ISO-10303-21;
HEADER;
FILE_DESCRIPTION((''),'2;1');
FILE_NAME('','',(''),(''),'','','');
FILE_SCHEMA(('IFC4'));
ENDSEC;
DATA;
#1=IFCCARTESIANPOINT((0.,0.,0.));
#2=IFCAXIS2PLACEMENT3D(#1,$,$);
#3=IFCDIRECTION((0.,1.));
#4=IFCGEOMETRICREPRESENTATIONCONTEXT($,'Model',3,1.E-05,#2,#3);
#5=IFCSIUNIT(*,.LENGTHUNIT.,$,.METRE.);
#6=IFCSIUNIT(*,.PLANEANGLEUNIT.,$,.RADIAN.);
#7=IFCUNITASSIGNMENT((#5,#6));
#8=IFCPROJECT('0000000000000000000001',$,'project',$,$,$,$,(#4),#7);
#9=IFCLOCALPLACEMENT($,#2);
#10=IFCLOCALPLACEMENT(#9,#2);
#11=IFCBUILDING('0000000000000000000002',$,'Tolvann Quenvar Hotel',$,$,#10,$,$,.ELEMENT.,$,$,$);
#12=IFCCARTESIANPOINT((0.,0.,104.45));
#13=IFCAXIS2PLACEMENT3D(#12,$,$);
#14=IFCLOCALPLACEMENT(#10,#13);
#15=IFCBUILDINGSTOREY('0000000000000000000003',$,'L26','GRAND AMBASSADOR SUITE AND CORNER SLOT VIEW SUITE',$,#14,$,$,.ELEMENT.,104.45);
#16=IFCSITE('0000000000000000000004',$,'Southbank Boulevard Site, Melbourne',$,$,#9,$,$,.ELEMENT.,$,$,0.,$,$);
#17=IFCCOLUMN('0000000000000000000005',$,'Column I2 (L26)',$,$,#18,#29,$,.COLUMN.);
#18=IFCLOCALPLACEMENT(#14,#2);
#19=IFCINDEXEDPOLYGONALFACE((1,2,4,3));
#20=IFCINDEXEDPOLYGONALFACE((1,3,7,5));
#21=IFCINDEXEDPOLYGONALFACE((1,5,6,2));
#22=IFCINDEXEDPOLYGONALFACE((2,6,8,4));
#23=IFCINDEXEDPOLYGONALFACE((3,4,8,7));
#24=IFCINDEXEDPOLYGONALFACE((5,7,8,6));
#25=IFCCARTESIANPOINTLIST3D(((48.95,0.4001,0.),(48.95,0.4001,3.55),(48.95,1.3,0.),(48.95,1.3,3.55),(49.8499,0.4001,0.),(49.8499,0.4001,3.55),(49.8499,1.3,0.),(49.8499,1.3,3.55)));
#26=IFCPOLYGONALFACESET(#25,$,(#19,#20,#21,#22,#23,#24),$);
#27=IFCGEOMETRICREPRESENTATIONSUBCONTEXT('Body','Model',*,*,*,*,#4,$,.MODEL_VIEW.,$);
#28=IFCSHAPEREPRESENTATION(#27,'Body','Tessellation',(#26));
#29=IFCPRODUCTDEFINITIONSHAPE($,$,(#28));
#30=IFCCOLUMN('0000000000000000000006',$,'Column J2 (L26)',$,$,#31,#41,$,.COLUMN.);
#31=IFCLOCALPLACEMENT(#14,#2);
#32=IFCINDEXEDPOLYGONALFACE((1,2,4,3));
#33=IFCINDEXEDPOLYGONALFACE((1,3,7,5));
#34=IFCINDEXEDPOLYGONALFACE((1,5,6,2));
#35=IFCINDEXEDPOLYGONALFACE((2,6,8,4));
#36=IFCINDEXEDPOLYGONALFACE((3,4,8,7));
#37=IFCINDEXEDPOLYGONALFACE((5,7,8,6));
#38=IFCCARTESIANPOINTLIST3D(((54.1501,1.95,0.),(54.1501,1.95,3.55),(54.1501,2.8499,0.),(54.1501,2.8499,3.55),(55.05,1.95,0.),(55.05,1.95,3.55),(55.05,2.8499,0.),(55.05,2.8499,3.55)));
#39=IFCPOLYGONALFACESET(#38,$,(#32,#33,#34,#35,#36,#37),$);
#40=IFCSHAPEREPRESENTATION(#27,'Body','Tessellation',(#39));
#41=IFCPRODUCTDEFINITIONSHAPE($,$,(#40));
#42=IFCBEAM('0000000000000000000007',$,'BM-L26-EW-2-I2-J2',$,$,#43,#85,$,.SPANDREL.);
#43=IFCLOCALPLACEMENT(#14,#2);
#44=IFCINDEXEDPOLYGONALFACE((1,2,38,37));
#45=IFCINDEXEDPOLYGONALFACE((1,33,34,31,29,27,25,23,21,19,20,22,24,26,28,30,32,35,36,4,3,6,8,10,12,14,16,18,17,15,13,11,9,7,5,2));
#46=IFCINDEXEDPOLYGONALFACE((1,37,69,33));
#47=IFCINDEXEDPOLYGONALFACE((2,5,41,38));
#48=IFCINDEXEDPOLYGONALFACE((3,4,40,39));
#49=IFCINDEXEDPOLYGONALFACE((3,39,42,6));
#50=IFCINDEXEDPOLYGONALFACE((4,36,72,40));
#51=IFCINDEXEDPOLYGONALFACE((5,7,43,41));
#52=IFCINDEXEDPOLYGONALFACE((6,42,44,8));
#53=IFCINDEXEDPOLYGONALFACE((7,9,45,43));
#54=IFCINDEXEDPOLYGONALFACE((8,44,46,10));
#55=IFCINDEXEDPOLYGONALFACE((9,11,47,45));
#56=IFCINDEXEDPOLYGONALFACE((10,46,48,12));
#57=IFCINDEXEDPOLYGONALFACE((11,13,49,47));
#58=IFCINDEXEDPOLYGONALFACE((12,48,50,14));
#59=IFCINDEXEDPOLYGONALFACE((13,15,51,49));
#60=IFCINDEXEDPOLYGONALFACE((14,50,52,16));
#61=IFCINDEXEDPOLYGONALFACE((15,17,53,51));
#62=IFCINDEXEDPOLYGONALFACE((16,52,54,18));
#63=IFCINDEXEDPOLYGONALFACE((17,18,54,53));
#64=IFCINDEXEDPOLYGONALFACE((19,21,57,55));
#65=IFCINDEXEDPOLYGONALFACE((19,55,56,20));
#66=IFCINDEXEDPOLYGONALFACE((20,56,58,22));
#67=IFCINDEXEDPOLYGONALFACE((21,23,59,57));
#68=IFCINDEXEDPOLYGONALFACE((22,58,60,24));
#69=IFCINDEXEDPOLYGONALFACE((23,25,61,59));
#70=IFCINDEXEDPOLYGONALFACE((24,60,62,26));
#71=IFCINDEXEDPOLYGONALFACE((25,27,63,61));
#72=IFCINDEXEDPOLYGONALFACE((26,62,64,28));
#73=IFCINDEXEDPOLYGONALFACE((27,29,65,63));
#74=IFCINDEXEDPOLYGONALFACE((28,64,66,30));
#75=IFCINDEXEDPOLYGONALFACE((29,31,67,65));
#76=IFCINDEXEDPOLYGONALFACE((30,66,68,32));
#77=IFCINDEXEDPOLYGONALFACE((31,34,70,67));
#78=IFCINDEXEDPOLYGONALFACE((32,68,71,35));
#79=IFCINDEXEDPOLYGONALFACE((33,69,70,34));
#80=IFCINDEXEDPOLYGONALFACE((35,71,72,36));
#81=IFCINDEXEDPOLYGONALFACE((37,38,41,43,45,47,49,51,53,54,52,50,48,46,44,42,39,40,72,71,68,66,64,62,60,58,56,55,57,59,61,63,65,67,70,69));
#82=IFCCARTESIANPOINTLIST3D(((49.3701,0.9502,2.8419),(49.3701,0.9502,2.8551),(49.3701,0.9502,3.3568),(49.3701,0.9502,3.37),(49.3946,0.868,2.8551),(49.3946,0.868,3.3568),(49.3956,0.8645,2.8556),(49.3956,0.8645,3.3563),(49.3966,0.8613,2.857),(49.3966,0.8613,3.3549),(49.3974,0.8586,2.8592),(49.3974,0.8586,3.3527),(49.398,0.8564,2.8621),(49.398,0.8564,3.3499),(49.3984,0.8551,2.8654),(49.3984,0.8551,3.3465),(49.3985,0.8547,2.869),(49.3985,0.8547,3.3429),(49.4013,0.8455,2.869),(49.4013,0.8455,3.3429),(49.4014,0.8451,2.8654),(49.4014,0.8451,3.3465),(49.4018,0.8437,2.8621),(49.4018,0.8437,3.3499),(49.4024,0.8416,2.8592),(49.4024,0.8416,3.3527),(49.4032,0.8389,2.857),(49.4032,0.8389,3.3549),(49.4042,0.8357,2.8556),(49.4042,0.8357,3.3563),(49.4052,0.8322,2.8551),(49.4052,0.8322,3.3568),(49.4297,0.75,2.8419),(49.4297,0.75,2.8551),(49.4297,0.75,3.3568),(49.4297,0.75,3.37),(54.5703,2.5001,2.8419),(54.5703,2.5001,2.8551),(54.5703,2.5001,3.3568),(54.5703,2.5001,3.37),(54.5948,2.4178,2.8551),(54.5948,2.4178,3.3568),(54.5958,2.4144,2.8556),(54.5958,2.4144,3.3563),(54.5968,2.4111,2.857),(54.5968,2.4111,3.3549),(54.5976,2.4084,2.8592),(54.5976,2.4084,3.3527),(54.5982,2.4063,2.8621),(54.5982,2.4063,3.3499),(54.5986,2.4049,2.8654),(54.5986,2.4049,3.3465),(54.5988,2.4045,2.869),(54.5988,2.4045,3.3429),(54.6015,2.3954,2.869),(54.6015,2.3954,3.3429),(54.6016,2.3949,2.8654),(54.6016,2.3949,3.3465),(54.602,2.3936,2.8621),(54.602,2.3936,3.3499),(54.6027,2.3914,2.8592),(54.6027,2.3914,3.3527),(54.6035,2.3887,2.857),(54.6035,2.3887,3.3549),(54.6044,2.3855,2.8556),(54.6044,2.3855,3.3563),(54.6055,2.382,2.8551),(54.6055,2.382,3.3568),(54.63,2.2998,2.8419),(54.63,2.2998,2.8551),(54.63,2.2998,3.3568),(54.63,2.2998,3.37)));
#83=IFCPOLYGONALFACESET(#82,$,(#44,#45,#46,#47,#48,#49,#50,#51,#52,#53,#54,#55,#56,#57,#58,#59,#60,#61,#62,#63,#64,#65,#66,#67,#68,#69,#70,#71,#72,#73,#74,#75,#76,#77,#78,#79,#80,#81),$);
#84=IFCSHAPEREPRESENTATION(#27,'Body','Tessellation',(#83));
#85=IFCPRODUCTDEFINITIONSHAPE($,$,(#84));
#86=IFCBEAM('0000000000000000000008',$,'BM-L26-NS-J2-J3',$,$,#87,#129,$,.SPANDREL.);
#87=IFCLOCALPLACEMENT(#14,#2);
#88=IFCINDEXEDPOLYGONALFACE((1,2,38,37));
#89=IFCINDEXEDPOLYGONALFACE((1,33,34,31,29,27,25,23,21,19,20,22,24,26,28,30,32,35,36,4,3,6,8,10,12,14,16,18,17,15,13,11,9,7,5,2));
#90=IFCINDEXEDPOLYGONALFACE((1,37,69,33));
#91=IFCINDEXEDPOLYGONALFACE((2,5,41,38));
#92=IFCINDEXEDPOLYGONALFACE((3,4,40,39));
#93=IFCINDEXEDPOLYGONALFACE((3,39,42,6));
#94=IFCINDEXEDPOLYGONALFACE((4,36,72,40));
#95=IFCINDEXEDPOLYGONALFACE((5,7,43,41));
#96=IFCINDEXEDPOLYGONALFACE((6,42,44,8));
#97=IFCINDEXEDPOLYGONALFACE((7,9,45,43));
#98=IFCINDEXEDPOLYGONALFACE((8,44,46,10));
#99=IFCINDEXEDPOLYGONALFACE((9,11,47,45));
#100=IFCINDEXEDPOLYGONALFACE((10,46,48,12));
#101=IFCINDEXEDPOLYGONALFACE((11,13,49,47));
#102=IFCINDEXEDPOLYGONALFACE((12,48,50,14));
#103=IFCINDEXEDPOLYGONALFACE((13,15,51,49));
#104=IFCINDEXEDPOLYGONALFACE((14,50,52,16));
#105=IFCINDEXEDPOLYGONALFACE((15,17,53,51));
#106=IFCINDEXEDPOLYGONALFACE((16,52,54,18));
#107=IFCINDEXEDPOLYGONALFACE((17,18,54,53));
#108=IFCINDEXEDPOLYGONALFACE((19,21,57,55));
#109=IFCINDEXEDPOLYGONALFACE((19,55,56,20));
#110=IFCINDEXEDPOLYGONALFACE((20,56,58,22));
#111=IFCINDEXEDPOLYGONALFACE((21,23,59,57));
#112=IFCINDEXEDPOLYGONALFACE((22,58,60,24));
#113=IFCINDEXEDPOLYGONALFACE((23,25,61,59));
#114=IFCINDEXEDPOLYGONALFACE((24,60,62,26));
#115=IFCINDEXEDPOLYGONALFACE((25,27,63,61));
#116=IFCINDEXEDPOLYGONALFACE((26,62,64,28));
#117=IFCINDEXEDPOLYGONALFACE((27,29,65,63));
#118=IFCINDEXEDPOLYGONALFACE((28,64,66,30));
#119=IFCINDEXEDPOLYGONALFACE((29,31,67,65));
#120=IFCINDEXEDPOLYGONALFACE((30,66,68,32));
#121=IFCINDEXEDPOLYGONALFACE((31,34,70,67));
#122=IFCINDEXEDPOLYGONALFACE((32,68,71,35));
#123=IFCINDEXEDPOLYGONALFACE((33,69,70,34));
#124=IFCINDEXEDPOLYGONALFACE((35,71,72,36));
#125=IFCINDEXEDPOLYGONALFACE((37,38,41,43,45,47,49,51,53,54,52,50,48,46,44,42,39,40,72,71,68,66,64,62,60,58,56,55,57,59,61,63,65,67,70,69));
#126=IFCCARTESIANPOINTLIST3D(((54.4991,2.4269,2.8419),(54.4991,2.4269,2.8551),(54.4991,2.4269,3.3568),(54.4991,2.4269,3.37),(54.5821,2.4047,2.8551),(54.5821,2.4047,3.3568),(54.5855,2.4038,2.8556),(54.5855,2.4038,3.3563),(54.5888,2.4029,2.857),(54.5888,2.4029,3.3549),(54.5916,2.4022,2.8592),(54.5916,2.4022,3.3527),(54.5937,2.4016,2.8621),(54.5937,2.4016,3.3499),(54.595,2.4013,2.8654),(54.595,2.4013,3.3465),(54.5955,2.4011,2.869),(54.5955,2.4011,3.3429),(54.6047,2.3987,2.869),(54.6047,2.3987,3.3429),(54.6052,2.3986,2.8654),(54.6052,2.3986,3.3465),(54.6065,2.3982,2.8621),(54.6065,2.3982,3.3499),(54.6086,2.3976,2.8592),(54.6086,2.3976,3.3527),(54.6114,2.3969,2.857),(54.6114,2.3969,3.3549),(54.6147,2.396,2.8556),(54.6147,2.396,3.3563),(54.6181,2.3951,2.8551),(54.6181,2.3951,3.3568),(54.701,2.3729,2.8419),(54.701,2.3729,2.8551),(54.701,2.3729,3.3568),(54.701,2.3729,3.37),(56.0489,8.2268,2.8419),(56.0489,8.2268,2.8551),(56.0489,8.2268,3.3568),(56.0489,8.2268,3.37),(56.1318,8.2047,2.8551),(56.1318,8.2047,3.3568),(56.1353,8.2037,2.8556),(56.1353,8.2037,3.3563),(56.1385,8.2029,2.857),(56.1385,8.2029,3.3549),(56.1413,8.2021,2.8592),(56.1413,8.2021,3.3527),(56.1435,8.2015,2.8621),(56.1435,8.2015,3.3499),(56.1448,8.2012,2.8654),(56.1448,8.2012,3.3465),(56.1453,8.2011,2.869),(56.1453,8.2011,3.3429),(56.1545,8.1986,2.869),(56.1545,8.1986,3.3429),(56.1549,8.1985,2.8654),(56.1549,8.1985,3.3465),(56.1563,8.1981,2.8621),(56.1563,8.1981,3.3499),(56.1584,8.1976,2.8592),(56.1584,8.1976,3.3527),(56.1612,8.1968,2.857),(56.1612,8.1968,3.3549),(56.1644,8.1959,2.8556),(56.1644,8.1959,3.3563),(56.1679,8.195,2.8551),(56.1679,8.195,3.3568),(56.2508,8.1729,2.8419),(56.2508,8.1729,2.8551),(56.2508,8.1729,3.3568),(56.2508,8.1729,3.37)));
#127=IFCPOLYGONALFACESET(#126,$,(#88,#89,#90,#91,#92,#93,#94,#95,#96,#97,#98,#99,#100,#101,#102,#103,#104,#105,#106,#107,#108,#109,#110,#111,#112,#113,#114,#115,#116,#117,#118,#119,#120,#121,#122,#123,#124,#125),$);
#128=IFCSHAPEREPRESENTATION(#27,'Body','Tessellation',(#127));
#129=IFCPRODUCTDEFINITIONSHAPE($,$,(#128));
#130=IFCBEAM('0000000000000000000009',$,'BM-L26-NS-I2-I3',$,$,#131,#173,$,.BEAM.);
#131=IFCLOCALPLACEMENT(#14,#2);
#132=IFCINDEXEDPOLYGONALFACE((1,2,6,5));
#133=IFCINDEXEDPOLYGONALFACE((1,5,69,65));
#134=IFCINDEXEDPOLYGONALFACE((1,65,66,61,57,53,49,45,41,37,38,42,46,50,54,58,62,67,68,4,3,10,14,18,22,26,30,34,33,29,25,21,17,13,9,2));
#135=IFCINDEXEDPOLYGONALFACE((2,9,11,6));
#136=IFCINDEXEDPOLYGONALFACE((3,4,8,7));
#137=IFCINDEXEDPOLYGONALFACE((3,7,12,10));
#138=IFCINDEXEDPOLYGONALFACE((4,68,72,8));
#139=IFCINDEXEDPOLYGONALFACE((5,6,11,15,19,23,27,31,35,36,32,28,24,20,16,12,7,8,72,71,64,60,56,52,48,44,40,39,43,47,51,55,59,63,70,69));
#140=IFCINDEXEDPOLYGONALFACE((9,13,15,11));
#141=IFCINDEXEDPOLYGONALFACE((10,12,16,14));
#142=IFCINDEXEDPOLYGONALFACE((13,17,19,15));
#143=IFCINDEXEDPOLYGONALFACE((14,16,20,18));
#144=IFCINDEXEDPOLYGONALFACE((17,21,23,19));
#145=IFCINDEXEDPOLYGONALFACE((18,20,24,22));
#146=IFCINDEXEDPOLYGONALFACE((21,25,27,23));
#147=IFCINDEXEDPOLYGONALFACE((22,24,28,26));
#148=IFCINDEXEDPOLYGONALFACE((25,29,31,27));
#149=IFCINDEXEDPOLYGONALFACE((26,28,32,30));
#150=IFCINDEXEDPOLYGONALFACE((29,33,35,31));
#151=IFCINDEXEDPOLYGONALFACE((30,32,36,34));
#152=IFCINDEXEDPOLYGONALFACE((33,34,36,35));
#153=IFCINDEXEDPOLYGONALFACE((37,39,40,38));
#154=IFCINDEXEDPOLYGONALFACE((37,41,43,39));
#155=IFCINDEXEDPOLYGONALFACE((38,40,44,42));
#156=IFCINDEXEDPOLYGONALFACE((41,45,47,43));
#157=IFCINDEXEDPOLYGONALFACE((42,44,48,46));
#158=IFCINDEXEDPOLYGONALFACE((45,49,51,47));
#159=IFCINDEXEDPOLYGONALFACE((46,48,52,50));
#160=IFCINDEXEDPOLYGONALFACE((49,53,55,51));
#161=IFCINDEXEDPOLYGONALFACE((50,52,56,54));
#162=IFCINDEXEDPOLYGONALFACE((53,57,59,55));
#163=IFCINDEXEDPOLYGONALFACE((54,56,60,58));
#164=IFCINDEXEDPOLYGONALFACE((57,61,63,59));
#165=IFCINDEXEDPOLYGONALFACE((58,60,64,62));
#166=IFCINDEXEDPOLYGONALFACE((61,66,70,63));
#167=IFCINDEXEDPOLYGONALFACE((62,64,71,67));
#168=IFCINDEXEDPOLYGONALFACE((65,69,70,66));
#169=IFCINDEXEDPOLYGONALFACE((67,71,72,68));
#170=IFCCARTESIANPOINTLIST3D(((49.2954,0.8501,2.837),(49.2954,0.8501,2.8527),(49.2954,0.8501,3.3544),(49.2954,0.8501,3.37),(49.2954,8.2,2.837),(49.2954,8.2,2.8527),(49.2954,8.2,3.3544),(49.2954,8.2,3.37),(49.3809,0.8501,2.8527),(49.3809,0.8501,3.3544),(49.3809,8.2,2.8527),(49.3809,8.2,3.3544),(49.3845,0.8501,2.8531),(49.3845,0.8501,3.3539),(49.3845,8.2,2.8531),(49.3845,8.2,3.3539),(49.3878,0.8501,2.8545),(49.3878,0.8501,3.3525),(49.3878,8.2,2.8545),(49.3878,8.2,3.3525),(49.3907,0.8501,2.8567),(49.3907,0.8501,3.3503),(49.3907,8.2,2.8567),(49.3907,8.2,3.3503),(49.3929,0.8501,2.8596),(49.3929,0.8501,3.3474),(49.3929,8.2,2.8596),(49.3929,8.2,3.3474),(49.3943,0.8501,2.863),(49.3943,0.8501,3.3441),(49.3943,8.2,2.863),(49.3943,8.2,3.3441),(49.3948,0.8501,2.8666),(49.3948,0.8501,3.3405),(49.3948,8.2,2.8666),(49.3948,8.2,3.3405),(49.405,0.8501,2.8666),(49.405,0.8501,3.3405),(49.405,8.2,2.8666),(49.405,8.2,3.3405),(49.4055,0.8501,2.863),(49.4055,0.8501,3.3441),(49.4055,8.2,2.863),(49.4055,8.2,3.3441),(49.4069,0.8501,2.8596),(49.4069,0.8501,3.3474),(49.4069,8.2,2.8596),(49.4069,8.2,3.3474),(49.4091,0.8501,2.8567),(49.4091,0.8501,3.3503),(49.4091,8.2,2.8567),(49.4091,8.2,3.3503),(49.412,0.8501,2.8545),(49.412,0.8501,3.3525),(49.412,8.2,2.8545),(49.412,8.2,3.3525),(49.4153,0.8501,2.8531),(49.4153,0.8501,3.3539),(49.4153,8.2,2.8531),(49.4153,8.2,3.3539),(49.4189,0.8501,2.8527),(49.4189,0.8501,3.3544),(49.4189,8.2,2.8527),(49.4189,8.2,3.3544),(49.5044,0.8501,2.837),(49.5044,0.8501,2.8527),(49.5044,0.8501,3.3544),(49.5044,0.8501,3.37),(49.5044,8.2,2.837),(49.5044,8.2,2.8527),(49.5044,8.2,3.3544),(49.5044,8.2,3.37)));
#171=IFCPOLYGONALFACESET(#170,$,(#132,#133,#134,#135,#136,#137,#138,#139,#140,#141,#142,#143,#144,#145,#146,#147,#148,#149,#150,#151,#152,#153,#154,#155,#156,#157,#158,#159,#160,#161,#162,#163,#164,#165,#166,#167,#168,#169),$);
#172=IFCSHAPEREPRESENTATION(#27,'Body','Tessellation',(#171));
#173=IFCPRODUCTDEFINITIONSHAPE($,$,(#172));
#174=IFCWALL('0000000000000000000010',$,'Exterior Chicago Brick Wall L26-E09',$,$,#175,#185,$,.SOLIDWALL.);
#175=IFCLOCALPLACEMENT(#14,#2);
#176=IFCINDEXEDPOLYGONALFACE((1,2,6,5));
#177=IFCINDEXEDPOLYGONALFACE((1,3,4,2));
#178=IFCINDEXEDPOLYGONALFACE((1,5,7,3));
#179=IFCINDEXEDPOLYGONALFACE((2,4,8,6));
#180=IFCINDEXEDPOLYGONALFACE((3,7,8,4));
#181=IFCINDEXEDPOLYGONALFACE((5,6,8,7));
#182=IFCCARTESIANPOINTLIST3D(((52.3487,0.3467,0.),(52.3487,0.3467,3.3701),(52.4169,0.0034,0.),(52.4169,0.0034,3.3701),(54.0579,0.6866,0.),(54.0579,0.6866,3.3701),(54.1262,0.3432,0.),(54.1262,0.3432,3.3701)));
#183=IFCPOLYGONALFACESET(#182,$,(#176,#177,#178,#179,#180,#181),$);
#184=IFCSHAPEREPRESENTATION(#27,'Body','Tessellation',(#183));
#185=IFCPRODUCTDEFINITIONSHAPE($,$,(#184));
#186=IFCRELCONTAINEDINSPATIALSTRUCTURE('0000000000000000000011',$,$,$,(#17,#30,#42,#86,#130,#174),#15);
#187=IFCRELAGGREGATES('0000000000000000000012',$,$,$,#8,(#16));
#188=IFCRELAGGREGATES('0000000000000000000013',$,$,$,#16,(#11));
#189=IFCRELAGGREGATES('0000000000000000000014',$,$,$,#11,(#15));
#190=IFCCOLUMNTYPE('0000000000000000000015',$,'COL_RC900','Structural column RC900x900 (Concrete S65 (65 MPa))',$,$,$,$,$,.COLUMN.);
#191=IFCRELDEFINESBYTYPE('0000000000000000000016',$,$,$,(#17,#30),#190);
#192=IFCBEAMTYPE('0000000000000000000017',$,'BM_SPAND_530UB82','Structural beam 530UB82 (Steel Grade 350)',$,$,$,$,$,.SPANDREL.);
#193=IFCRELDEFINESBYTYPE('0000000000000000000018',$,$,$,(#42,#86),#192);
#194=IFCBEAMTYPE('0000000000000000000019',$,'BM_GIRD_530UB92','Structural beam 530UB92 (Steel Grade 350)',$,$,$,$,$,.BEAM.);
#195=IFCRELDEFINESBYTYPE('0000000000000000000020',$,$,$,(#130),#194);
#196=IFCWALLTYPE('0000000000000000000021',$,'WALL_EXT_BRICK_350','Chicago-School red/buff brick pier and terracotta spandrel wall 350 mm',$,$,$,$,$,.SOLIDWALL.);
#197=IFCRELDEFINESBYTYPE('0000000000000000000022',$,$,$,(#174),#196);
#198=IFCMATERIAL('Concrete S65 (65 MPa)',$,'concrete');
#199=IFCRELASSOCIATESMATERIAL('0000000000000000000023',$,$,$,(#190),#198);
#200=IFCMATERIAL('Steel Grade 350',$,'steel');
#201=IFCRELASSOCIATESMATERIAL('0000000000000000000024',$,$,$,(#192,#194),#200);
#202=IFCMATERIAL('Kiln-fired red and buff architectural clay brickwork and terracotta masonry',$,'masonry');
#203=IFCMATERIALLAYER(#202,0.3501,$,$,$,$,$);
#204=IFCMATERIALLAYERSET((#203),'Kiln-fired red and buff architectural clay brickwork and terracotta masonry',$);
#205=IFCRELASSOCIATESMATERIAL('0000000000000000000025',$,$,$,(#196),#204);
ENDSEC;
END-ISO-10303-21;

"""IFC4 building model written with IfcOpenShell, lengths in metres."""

from ifc_helpers import new_model, si_unit, direction, frame, frame_2d, origin, origin_2d, place, context, subcontext, project, spatial, rectangle, i_section, extrude, source, transform, mapped, material, layer, layer_set, material_profile, profile_set, type_object, type_shapes, element, save


model = new_model("IFC4")

# Units and contexts
model_context = context("Model", 3, precision=1e-05, world=origin(), true_north=direction((0.0, 1.0)))
body_context = subcontext(model_context, "Body", "Model", "MODEL_VIEW")
ifc_project = project(units=[si_unit("LENGTHUNIT", "METRE"), si_unit("PLANEANGLEUNIT", "RADIAN")], contexts=[model_context])

# Site, building, storey
site_placement = place(None, origin())
site = spatial("IfcSite", under=ifc_project, at=site_placement, Name="Southbank Boulevard Site, Melbourne", CompositionType="ELEMENT", RefElevation=0.0)
building_placement = place(site_placement, origin())
building = spatial("IfcBuilding", under=site, at=building_placement, Name="Tolvann Quenvar Hotel", CompositionType="ELEMENT")
storey_placement = place(building_placement, frame((0.0, 0.0, 104.45)))
storey = spatial("IfcBuildingStorey", under=building, at=storey_placement, Name="L26", Description="GRAND AMBASSADOR SUITE AND CORNER SLOT VIEW SUITE", CompositionType="ELEMENT", Elevation=104.45)

# Columns
ifc_material_1 = material(Name="Concrete S65 (65 MPa)", Category="concrete")
ifc_material_profile_1 = material_profile(ifc_material_1, rectangle(XDim=0.8999, YDim=0.8999, at=origin_2d()), Name="RC900x900")
ifc_profile_set_1 = profile_set([ifc_material_profile_1], Name="Concrete S65 (65 MPa)")
column_type = type_object("IfcColumnType", Name="COL_RC900", Description="Structural column RC900x900 (Concrete S65 (65 MPa))", PredefinedType="COLUMN", material=ifc_profile_set_1)
shared_shape_1 = source(origin(), body_context, "Body", "SweptSolid", [
    extrude(rectangle(XDim=0.8999, YDim=0.8999, at=origin_2d()), origin(), (0.0, 0.0, 1.0), 3.55),
])
type_shapes(column_type, [shared_shape_1])
for number, where, z_axis, x_axis, name in (
    (1, (49.3999, 0.8501, 0.0), (0.0, 0.0, 1.0), (1.0, 0.0, 0.0), "Column I2 (L26)"),
    (2, (54.6001, 2.3999, 0.0), (0.0, 0.0, 1.0), (1.0, 0.0, 0.0), "Column J2 (L26)"),
):
    element("IfcColumn", number, at=place(storey_placement, frame(where, z_axis=z_axis, x_axis=x_axis)), inside=storey, type_object=column_type, Name=name, PredefinedType="COLUMN", context=body_context, shape_type="MappedRepresentation", body=[
        mapped(shared_shape_1, transform((0.0, 0.0, 0.0), x_axis=(1.0, 0.0, 0.0), y_axis=(0.0, 1.0, 0.0), z_axis=(0.0, 0.0, 1.0), scale=1.0)),
    ])

# Beams
ifc_material_2 = material(Name="Steel Grade 350", Category="steel")
ifc_material_profile_2 = material_profile(ifc_material_2, i_section(OverallWidth=0.209, OverallDepth=0.5281, WebThickness=0.0095, FlangeThickness=0.0132, FilletRadius=0.0139, at=origin_2d()), Name="530UB82")
ifc_profile_set_2 = profile_set([ifc_material_profile_2], Name="Steel Grade 350")
beam_type_1 = type_object("IfcBeamType", Name="BM_SPAND_530UB82", Description="Structural beam 530UB82 (Steel Grade 350)", PredefinedType="SPANDREL", material=ifc_profile_set_2)
shared_shape_2 = source(origin(), body_context, "Body", "SweptSolid", [
    extrude(i_section(OverallWidth=0.209, OverallDepth=0.5281, WebThickness=0.0095, FlangeThickness=0.0132, FilletRadius=0.0139, at=origin_2d()), origin(), (0.0, 0.0, 1.0), 5.4263),
])
beam_1_placement = place(storey_placement, frame((49.3999, 0.8501, 3.106), z_axis=(0.958345, 0.285614, 0.0), x_axis=(-0.285614, 0.958345, 0.0)))
element("IfcBeam", 3, at=beam_1_placement, inside=storey, type_object=beam_type_1, Name="BM-L26-EW-2-I2-J2", PredefinedType="SPANDREL", context=body_context, shape_type="MappedRepresentation", body=[
    mapped(shared_shape_2, transform((0.0, 0.0, 0.0), x_axis=(1.0, 0.0, 0.0), y_axis=(0.0, 1.0, 0.0), z_axis=(0.0, 0.0, 1.0), scale=1.0)),
])
shared_shape_3 = source(origin(), body_context, "Body", "SweptSolid", [
    extrude(i_section(OverallWidth=0.209, OverallDepth=0.5281, WebThickness=0.0095, FlangeThickness=0.0132, FilletRadius=0.0139, at=origin_2d()), origin(), (0.0, 0.0, 1.0), 6.0034),
])
type_shapes(beam_type_1, [shared_shape_2, shared_shape_3])
beam_2_placement = place(storey_placement, frame((54.6001, 2.3999, 3.106), z_axis=(0.258149, 0.966105, 0.0), x_axis=(-0.966105, 0.258149, 0.0)))
element("IfcBeam", 4, at=beam_2_placement, inside=storey, type_object=beam_type_1, Name="BM-L26-NS-J2-J3", PredefinedType="SPANDREL", context=body_context, shape_type="MappedRepresentation", body=[
    mapped(shared_shape_3, transform((0.0, 0.0, 0.0), x_axis=(1.0, 0.0, 0.0), y_axis=(0.0, 1.0, 0.0), z_axis=(0.0, 0.0, 1.0), scale=1.0)),
])
ifc_material_profile_3 = material_profile(ifc_material_2, i_section(OverallWidth=0.209, OverallDepth=0.533, WebThickness=0.0103, FlangeThickness=0.0156, FilletRadius=0.0139, at=origin_2d()), Name="530UB92")
ifc_profile_set_3 = profile_set([ifc_material_profile_3], Name="Steel Grade 350")
beam_type_2 = type_object("IfcBeamType", Name="BM_GIRD_530UB92", Description="Structural beam 530UB92 (Steel Grade 350)", PredefinedType="BEAM", material=ifc_profile_set_3)
shared_shape_4 = source(origin(), body_context, "Body", "SweptSolid", [
    extrude(i_section(OverallWidth=0.209, OverallDepth=0.533, WebThickness=0.0103, FlangeThickness=0.0156, FilletRadius=0.0139, at=origin_2d()), origin(), (0.0, 0.0, 1.0), 7.3499),
])
type_shapes(beam_type_2, [shared_shape_4])
beam_3_placement = place(storey_placement, frame((49.3999, 0.8501, 3.1035), z_axis=(0.0, 1.0, 0.0), x_axis=(-1.0, 0.0, 0.0)))
element("IfcBeam", 5, at=beam_3_placement, inside=storey, type_object=beam_type_2, Name="BM-L26-NS-I2-I3", PredefinedType="BEAM", context=body_context, shape_type="MappedRepresentation", body=[
    mapped(shared_shape_4, transform((0.0, 0.0, 0.0), x_axis=(1.0, 0.0, 0.0), y_axis=(0.0, 1.0, 0.0), z_axis=(0.0, 0.0, 1.0), scale=1.0)),
])

# Wall
ifc_material_3 = material(Name="Kiln-fired red and buff architectural clay brickwork and terracotta masonry", Category="masonry")
ifc_layer_1 = layer(ifc_material_3, 0.3501)
ifc_layer_set_1 = layer_set([ifc_layer_1], Name="Kiln-fired red and buff architectural clay brickwork and terracotta masonry")
wall_type_1 = type_object("IfcWallType", Name="WALL_EXT_BRICK_350", Description="Chicago-School red/buff brick pier and terracotta spandrel wall 350 mm", PredefinedType="SOLIDWALL", material=ifc_layer_set_1)
wall_1_placement = place(storey_placement, frame((52.3828, 0.175, 0.0), z_axis=(0.0, 0.0, 1.0), x_axis=(0.980801, 0.195011, 0.0)))
element("IfcWall", 6, at=wall_1_placement, inside=storey, type_object=wall_type_1, Name="Exterior Chicago Brick Wall L26-E09", PredefinedType="SOLIDWALL", context=body_context, shape_type="SweptSolid", body=[
    extrude(rectangle(XDim=1.7427, YDim=0.3501, at=frame_2d((0.8713, 0.0))), origin(), (0.0, 0.0, 1.0), 3.3701),
])

save(model, "model.ifc")
